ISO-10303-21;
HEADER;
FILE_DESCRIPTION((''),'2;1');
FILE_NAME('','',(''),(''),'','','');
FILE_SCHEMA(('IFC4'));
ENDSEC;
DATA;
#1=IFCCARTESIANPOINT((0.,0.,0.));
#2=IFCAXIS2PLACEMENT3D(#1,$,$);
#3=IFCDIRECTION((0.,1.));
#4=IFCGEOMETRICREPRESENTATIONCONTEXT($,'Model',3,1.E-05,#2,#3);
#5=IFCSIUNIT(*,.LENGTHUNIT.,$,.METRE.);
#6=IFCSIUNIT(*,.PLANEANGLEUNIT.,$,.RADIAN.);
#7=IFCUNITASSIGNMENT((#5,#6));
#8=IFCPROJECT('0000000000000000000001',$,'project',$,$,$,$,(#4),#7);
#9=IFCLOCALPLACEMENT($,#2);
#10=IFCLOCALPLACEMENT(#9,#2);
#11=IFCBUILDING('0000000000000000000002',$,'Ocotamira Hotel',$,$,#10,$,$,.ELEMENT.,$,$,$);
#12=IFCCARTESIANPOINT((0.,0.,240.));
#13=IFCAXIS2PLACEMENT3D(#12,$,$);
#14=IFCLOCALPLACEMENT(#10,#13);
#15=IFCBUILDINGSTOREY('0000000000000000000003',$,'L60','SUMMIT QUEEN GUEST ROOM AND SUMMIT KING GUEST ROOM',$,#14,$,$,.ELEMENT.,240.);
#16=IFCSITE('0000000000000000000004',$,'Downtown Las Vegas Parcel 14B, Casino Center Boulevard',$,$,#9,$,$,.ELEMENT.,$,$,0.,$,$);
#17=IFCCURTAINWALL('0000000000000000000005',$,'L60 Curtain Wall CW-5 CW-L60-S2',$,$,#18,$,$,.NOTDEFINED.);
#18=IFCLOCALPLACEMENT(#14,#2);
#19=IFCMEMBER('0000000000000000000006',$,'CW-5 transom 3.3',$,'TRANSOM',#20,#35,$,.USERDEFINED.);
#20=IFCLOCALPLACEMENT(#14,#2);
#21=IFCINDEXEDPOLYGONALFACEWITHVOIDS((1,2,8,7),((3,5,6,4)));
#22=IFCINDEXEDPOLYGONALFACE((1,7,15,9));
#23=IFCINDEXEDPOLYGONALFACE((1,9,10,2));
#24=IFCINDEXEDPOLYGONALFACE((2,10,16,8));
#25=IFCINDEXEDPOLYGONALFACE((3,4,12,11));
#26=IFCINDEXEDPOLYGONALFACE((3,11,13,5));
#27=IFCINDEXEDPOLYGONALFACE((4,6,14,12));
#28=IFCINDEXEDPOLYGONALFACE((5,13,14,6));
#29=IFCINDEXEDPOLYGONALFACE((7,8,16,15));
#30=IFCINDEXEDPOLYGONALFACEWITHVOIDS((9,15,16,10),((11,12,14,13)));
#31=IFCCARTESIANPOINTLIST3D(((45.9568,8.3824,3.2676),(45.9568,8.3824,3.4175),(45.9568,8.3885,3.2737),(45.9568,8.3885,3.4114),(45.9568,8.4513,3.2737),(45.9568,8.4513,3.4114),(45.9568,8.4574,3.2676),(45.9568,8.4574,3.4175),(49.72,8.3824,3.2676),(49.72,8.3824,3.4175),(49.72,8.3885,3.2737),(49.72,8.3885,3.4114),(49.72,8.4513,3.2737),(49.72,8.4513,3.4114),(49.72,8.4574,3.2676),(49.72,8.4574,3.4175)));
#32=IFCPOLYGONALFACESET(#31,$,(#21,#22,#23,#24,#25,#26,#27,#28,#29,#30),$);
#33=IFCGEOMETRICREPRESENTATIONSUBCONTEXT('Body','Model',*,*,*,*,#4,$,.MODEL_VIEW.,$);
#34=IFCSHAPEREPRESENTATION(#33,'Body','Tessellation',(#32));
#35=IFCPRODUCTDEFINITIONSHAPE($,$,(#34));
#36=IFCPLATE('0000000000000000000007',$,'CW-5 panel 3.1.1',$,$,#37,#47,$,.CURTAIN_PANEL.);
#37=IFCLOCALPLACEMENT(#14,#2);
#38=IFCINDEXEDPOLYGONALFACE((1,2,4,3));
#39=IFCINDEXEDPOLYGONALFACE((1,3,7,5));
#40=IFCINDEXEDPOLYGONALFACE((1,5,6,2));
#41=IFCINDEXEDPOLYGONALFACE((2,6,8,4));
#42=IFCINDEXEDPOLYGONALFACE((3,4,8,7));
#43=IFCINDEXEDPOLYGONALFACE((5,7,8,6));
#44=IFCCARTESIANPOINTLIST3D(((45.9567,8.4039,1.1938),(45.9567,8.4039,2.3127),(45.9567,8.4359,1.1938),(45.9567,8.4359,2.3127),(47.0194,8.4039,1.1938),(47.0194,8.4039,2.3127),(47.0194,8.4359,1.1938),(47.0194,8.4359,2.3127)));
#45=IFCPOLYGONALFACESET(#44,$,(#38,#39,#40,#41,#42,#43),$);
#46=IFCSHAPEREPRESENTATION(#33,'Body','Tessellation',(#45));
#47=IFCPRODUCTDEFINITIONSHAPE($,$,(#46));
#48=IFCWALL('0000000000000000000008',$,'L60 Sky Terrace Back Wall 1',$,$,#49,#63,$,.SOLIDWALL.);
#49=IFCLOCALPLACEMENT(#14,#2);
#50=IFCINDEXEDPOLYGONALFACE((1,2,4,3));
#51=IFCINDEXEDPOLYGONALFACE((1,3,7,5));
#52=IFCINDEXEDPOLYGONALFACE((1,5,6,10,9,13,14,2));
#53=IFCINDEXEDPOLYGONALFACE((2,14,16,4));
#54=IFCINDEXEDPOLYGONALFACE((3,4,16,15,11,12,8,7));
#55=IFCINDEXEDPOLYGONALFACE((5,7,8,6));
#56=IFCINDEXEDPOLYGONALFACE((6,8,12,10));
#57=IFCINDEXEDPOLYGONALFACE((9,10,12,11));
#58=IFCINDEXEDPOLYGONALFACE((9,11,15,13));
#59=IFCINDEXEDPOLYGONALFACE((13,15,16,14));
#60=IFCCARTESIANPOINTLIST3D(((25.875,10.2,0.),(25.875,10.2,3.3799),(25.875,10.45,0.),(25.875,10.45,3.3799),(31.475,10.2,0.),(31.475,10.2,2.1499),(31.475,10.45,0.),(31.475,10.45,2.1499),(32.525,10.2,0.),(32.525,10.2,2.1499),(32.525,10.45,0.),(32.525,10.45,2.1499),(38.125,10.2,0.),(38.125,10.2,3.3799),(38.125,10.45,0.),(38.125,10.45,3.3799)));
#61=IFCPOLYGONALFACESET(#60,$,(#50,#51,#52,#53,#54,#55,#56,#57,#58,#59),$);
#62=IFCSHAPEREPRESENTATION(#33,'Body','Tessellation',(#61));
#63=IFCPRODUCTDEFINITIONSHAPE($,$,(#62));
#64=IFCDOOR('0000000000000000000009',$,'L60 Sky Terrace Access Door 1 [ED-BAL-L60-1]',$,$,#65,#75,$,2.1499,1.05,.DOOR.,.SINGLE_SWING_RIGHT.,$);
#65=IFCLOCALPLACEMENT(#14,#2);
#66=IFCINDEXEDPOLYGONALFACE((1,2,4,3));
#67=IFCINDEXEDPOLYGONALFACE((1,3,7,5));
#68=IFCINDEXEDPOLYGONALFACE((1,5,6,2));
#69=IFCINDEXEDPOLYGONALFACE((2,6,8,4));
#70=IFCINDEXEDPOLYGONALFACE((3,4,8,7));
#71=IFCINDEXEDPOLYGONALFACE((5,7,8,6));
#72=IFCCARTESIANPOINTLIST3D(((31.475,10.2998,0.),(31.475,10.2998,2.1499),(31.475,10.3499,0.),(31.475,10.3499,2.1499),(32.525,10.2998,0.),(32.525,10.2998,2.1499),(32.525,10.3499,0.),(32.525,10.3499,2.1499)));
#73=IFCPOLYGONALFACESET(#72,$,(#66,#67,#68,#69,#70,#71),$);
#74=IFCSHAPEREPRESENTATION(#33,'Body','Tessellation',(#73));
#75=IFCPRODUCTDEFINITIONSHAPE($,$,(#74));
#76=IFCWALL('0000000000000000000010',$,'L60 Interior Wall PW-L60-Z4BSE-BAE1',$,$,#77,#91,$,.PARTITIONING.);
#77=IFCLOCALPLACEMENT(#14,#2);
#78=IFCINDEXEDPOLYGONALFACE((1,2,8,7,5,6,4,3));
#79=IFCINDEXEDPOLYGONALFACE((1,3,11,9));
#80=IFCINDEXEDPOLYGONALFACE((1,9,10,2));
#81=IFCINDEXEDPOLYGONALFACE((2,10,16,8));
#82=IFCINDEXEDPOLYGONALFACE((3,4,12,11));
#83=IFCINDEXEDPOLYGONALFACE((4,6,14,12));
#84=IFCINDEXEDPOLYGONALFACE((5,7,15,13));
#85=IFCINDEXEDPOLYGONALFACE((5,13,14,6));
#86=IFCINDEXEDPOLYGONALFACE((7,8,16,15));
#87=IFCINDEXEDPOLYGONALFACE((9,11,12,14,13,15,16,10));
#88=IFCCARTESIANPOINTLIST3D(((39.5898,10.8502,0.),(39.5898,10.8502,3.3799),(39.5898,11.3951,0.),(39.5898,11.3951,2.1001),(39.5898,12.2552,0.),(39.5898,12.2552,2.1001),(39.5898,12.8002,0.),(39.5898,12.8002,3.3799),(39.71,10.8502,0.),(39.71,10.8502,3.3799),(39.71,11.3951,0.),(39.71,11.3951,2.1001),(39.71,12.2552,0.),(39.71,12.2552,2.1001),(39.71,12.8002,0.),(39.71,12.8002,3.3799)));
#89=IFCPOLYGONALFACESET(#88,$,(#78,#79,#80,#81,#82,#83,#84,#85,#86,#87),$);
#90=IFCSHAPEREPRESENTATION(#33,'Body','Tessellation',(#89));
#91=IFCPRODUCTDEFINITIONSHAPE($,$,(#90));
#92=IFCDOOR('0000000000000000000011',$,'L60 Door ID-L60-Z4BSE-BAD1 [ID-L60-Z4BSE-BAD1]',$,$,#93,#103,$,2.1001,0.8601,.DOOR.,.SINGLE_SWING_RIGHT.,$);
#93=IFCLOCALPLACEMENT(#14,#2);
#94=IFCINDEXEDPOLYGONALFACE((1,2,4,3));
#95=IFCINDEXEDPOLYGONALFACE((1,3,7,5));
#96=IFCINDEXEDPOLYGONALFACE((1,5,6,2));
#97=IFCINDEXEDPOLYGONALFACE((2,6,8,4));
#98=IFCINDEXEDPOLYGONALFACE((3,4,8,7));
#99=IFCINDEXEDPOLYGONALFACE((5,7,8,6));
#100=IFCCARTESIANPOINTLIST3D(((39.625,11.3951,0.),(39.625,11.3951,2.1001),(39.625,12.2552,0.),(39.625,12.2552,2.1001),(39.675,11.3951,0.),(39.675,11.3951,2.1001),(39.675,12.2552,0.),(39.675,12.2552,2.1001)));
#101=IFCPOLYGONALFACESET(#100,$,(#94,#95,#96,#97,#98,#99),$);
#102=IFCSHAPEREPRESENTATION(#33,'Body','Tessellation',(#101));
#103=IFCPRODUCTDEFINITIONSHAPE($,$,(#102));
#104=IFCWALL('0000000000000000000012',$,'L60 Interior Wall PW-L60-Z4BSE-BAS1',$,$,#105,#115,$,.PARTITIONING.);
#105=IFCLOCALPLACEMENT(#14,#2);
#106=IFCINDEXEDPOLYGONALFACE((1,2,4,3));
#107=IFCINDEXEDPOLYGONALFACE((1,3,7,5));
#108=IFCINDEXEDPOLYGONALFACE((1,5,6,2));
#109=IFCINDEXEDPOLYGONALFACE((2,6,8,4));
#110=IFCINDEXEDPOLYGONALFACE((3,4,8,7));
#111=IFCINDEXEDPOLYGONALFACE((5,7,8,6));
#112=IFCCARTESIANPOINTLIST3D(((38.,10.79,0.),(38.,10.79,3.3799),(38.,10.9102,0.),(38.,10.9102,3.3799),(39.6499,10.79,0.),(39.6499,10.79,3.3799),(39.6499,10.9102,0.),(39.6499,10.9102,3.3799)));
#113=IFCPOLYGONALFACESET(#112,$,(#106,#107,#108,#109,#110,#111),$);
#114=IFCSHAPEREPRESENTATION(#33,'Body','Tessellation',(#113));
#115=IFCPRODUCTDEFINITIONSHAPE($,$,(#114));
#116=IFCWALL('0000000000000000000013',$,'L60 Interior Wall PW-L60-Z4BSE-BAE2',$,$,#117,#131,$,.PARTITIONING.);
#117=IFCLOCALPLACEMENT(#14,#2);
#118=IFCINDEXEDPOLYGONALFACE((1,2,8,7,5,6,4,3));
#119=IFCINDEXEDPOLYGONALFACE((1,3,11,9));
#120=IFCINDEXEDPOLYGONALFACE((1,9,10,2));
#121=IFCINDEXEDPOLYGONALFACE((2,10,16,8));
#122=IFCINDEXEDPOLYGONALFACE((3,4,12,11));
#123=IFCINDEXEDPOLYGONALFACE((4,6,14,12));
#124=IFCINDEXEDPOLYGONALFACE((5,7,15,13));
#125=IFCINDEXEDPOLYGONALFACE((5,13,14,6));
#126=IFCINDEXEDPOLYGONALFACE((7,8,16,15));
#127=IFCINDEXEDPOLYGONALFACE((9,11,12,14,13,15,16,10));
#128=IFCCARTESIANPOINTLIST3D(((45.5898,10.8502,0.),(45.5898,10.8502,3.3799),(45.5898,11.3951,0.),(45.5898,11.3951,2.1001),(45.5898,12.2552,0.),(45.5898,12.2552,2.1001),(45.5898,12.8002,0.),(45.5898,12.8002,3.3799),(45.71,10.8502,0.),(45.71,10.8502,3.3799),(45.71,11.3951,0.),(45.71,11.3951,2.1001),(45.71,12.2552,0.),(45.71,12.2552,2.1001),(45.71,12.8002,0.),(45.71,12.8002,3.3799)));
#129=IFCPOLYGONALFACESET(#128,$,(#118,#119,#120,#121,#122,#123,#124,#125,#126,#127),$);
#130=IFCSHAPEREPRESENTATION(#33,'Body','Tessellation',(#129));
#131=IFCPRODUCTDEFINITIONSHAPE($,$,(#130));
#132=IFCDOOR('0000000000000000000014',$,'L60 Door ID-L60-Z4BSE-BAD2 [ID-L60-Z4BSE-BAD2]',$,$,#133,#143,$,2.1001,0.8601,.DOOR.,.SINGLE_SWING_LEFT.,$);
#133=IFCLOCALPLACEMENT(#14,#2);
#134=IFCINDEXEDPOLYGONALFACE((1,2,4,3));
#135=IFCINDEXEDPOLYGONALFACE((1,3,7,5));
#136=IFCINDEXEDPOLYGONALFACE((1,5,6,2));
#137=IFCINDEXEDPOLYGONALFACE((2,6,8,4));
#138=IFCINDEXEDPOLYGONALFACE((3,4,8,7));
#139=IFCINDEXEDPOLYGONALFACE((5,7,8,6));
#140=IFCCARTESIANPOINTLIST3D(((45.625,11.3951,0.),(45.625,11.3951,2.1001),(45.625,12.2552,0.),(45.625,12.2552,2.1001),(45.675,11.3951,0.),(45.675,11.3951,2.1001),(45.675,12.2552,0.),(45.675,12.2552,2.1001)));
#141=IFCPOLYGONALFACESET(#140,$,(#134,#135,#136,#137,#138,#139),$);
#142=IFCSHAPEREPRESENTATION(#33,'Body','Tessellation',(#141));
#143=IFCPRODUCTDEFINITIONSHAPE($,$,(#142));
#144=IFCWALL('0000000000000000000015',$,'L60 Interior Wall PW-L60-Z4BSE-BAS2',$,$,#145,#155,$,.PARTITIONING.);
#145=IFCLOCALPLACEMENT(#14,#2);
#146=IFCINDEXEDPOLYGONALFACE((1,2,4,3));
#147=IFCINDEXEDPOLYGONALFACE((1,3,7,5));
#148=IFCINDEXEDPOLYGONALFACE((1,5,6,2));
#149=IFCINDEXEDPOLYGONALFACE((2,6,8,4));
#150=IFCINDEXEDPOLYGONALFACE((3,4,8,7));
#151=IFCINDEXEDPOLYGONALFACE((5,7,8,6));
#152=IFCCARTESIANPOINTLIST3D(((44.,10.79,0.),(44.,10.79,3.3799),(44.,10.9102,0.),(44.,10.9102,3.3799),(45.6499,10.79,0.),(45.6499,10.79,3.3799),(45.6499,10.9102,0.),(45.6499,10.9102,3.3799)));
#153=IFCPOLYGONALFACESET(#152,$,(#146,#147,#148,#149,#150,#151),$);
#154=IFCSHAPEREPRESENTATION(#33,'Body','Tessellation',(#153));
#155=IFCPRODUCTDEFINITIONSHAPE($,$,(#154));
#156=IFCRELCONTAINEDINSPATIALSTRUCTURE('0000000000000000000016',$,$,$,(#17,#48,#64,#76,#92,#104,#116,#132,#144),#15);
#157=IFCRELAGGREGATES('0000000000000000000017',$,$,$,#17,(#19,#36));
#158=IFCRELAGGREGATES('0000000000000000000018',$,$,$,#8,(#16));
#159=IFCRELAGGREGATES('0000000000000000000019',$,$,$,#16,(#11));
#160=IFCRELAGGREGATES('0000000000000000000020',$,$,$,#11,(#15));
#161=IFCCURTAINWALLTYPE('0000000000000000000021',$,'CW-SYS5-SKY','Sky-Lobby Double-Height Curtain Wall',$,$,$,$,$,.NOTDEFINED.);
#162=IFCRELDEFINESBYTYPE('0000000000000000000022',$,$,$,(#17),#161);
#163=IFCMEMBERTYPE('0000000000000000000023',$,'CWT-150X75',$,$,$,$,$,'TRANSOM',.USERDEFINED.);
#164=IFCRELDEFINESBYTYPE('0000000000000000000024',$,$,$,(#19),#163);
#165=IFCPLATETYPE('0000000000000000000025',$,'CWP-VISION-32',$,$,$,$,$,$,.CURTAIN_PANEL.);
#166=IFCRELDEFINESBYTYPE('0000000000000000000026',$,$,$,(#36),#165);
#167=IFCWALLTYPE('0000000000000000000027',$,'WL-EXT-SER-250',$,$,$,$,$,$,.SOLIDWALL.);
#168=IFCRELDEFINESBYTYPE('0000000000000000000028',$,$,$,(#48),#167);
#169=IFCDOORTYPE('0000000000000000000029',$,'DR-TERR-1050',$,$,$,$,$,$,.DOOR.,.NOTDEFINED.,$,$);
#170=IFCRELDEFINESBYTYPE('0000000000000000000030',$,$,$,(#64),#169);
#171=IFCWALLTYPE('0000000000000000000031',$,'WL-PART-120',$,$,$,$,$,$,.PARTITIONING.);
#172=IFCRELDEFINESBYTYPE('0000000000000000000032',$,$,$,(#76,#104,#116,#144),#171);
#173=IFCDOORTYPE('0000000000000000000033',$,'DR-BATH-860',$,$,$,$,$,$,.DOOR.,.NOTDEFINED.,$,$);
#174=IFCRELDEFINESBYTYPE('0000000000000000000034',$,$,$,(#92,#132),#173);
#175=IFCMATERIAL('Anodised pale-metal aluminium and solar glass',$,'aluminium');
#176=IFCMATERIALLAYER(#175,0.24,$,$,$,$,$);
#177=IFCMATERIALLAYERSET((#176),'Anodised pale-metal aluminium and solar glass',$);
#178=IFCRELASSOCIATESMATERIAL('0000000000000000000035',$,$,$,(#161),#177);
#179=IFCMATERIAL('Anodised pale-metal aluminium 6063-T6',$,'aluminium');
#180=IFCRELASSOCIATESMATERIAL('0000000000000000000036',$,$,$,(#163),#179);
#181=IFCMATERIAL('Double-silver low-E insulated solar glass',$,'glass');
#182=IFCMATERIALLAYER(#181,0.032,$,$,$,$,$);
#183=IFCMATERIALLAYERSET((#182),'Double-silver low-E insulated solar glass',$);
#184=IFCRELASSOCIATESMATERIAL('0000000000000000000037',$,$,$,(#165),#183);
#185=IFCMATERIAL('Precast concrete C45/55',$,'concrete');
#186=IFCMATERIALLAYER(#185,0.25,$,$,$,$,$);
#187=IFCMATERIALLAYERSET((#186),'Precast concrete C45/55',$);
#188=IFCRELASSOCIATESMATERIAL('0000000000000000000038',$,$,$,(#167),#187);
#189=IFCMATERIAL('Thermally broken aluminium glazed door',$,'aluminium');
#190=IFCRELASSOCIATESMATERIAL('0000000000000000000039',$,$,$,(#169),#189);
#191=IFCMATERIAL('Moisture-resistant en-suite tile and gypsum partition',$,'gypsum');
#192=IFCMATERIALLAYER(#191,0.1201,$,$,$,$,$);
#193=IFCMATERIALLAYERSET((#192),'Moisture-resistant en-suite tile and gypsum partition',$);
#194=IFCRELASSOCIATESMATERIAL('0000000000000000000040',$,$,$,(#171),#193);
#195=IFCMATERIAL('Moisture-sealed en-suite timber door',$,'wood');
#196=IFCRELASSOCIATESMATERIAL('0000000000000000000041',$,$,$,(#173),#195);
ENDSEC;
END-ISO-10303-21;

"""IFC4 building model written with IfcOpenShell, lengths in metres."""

from ifc_helpers import new_model, si_unit, direction, frame, frame_2d, origin, origin_2d, place, context, subcontext, project, spatial, rectangle, hollow_rectangle, extrude, source, transform, mapped, material, layer, layer_set, material_profile, profile_set, type_object, element, fill, aggregate, save


model = new_model("IFC4")

# Units and contexts
model_context = context("Model", 3, precision=1e-05, world=origin(), true_north=direction((0.0, 1.0)))
body_context = subcontext(model_context, "Body", "Model", "MODEL_VIEW")
ifc_project = project(units=[si_unit("LENGTHUNIT", "METRE"), si_unit("PLANEANGLEUNIT", "RADIAN")], contexts=[model_context])

# Site, building, storey
site_placement = place(None, origin())
site = spatial("IfcSite", under=ifc_project, at=site_placement, Name="Downtown Las Vegas Parcel 14B, Casino Center Boulevard", CompositionType="ELEMENT", RefElevation=0.0)
building_placement = place(site_placement, origin())
building = spatial("IfcBuilding", under=site, at=building_placement, Name="Ocotamira Hotel", CompositionType="ELEMENT")
storey_placement = place(building_placement, frame((0.0, 0.0, 240.0)))
storey = spatial("IfcBuildingStorey", under=building, at=storey_placement, Name="L60", Description="SUMMIT QUEEN GUEST ROOM AND SUMMIT KING GUEST ROOM", CompositionType="ELEMENT", Elevation=240.0)

# Curtain wall, member, plate
ifc_material_1 = material(Name="Anodised pale-metal aluminium and solar glass", Category="aluminium")
ifc_layer_1 = layer(ifc_material_1, 0.24)
ifc_layer_set_1 = layer_set([ifc_layer_1], Name="Anodised pale-metal aluminium and solar glass")
curtain_wall_type = type_object("IfcCurtainWallType", Name="CW-SYS5-SKY", Description="Sky-Lobby Double-Height Curtain Wall", PredefinedType="NOTDEFINED", material=ifc_layer_set_1)
curtain_wall_placement = place(storey_placement, origin())
curtain_wall = element("IfcCurtainWall", 1, at=curtain_wall_placement, inside=storey, type_object=curtain_wall_type, Name="L60 Curtain Wall CW-5 CW-L60-S2", PredefinedType="NOTDEFINED")
ifc_material_2 = material(Name="Anodised pale-metal aluminium 6063-T6", Category="aluminium")
ifc_material_profile_1 = material_profile(ifc_material_2, hollow_rectangle(XDim=0.075, YDim=0.1499, WallThickness=0.0061, at=origin_2d()), Name="HSS150X75X6")
ifc_profile_set_1 = profile_set([ifc_material_profile_1], Name="Anodised pale-metal aluminium 6063-T6")
member_type = type_object("IfcMemberType", Name="CWT-150X75", ElementType="TRANSOM", PredefinedType="USERDEFINED", material=ifc_profile_set_1)
shared_shape_1 = source(origin(), body_context, "Body", "SweptSolid", [
    extrude(hollow_rectangle(XDim=0.075, YDim=0.1499, WallThickness=0.0061, at=origin_2d()), origin(), (0.0, 0.0, 1.0), 3.7632),
])
member_1_placement = place(storey_placement, frame((45.9568, 8.4199, 3.3425), z_axis=(1.0, 0.0, 0.0), x_axis=(0.0, 1.0, 0.0)))
member_1 = element("IfcMember", 2, at=member_1_placement, type_object=member_type, Name="CW-5 transom 3.3", ObjectType="TRANSOM", PredefinedType="USERDEFINED", context=body_context, shape_type="MappedRepresentation", body=[
    mapped(shared_shape_1, transform((0.0, 0.0, 0.0), scale=1.0)),
])
ifc_material_3 = material(Name="Double-silver low-E insulated solar glass", Category="glass")
ifc_layer_2 = layer(ifc_material_3, 0.032)
ifc_layer_set_2 = layer_set([ifc_layer_2], Name="Double-silver low-E insulated solar glass")
plate_type = type_object("IfcPlateType", Name="CWP-VISION-32", PredefinedType="CURTAIN_PANEL", material=ifc_layer_set_2)
shared_shape_2 = source(origin(), body_context, "Body", "SweptSolid", [
    extrude(rectangle(XDim=1.0627, YDim=0.032, at=origin_2d()), origin(), (0.0, 0.0, 1.0), 1.1189),
])
plate_placement = place(storey_placement, frame((46.488, 8.4199, 1.1938), z_axis=(0.0, 0.0, 1.0), x_axis=(1.0, 0.0, 0.0)))
plate = element("IfcPlate", 3, at=plate_placement, type_object=plate_type, Name="CW-5 panel 3.1.1", PredefinedType="CURTAIN_PANEL", context=body_context, shape_type="MappedRepresentation", body=[
    mapped(shared_shape_2, transform((0.0, 0.0, 0.0), scale=1.0)),
])
aggregate(curtain_wall, [member_1, plate])

# Walls, openings, doors
ifc_material_4 = material(Name="Precast concrete C45/55", Category="concrete")
ifc_layer_3 = layer(ifc_material_4, 0.25)
ifc_layer_set_3 = layer_set([ifc_layer_3], Name="Precast concrete C45/55")
wall_type_1 = type_object("IfcWallType", Name="WL-EXT-SER-250", PredefinedType="SOLIDWALL", material=ifc_layer_set_3)
wall_1_placement = place(storey_placement, frame((25.875, 10.325, 0.0), z_axis=(0.0, 0.0, 1.0), x_axis=(1.0, 0.0, 0.0)))
wall_1 = element("IfcWall", 4, at=wall_1_placement, inside=storey, type_object=wall_type_1, Name="L60 Sky Terrace Back Wall 1", PredefinedType="SOLIDWALL", context=body_context, shape_type="SweptSolid", body=[
    extrude(rectangle(XDim=12.25, YDim=0.25, at=frame_2d((6.125, 0.0))), origin(), (0.0, 0.0, 1.0), 3.3799),
])
opening_1_placement = place(wall_1_placement, frame((5.6001, 0.0, 0.0)))
opening_1 = element("IfcOpeningElement", 5, at=opening_1_placement, cuts=wall_1, PredefinedType="OPENING", context=body_context, shape_type="SweptSolid", body=[
    extrude(rectangle(XDim=1.05, YDim=2.1499, at=frame_2d((0.5249, 1.075))), frame((0.0, 0.135, 0.0), z_axis=(0.0, -1.0, 0.0), x_axis=(1.0, 0.0, 0.0)), (0.0, 0.0, 1.0), 0.27),
])
ifc_material_5 = material(Name="Thermally broken aluminium glazed door", Category="aluminium")
door_type_1 = type_object("IfcDoorType", Name="DR-TERR-1050", OperationType="NOTDEFINED", PredefinedType="DOOR", material=ifc_material_5)
shared_shape_3 = source(origin(), body_context, "Body", "SweptSolid", [
    extrude(rectangle(XDim=1.05, YDim=2.1499, at=frame_2d((0.5249, 1.075))), frame((0.0, 0.0249, 0.0), z_axis=(0.0, -1.0, 0.0), x_axis=(1.0, 0.0, 0.0)), (0.0, 0.0, 1.0), 0.05),
])
door_1_placement = place(opening_1_placement, origin())
door_1 = element("IfcDoor", 6, at=door_1_placement, inside=storey, type_object=door_type_1, Name="L60 Sky Terrace Access Door 1 [ED-BAL-L60-1]", OperationType="SINGLE_SWING_RIGHT", OverallHeight=2.1499, OverallWidth=1.05, PredefinedType="DOOR", context=body_context, shape_type="MappedRepresentation", body=[
    mapped(shared_shape_3, transform((0.0, 0.0, 0.0), scale=1.0)),
])
fill(opening_1, door_1)
ifc_material_6 = material(Name="Moisture-resistant en-suite tile and gypsum partition", Category="gypsum")
ifc_layer_4 = layer(ifc_material_6, 0.1201)
ifc_layer_set_4 = layer_set([ifc_layer_4], Name="Moisture-resistant en-suite tile and gypsum partition")
wall_type_2 = type_object("IfcWallType", Name="WL-PART-120", PredefinedType="PARTITIONING", material=ifc_layer_set_4)
wall_2_placement = place(storey_placement, frame((39.6499, 10.8501, 0.0), z_axis=(0.0, 0.0, 1.0), x_axis=(0.0, 1.0, 0.0)))
wall_2 = element("IfcWall", 7, at=wall_2_placement, inside=storey, type_object=wall_type_2, Name="L60 Interior Wall PW-L60-Z4BSE-BAE1", PredefinedType="PARTITIONING", context=body_context, shape_type="SweptSolid", body=[
    extrude(rectangle(XDim=1.95, YDim=0.1201, at=frame_2d((0.9751, 0.0))), origin(), (0.0, 0.0, 1.0), 3.3799),
])
opening_2_placement = place(wall_2_placement, frame((0.5449, 0.0, 0.0)))
opening_2 = element("IfcOpeningElement", 8, at=opening_2_placement, cuts=wall_2, PredefinedType="OPENING", context=body_context, shape_type="SweptSolid", body=[
    extrude(rectangle(XDim=0.8601, YDim=2.1001, at=frame_2d((0.4302, 1.05))), frame((0.0, 0.0701, 0.0), z_axis=(0.0, -1.0, 0.0), x_axis=(1.0, 0.0, 0.0)), (0.0, 0.0, 1.0), 0.1401),
])
ifc_material_7 = material(Name="Moisture-sealed en-suite timber door", Category="wood")
door_type_2 = type_object("IfcDoorType", Name="DR-BATH-860", OperationType="NOTDEFINED", PredefinedType="DOOR", material=ifc_material_7)
shared_shape_4 = source(origin(), body_context, "Body", "SweptSolid", [
    extrude(rectangle(XDim=0.8601, YDim=2.1001, at=frame_2d((0.4302, 1.05))), frame((0.0, 0.0249, 0.0), z_axis=(0.0, -1.0, 0.0), x_axis=(1.0, 0.0, 0.0)), (0.0, 0.0, 1.0), 0.05),
])
door_2_placement = place(opening_2_placement, origin())
door_2 = element("IfcDoor", 9, at=door_2_placement, inside=storey, type_object=door_type_2, Name="L60 Door ID-L60-Z4BSE-BAD1 [ID-L60-Z4BSE-BAD1]", OperationType="SINGLE_SWING_RIGHT", OverallHeight=2.1001, OverallWidth=0.8601, PredefinedType="DOOR", context=body_context, shape_type="MappedRepresentation", body=[
    mapped(shared_shape_4, transform((0.0, 0.0, 0.0), scale=1.0)),
])
fill(opening_2, door_2)

# Wall
wall_3_placement = place(storey_placement, frame((38.0, 10.8501, 0.0), z_axis=(0.0, 0.0, 1.0), x_axis=(1.0, 0.0, 0.0)))
element("IfcWall", 10, at=wall_3_placement, inside=storey, type_object=wall_type_2, Name="L60 Interior Wall PW-L60-Z4BSE-BAS1", PredefinedType="PARTITIONING", context=body_context, shape_type="SweptSolid", body=[
    extrude(rectangle(XDim=1.6499, YDim=0.1201, at=frame_2d((0.825, 0.0))), origin(), (0.0, 0.0, 1.0), 3.3799),
])

# Wall, opening, door
wall_4_placement = place(storey_placement, frame((45.6499, 10.8501, 0.0), z_axis=(0.0, 0.0, 1.0), x_axis=(0.0, 1.0, 0.0)))
wall_4 = element("IfcWall", 11, at=wall_4_placement, inside=storey, type_object=wall_type_2, Name="L60 Interior Wall PW-L60-Z4BSE-BAE2", PredefinedType="PARTITIONING", context=body_context, shape_type="SweptSolid", body=[
    extrude(rectangle(XDim=1.95, YDim=0.1201, at=frame_2d((0.9751, 0.0))), origin(), (0.0, 0.0, 1.0), 3.3799),
])
opening_3_placement = place(wall_4_placement, frame((0.5449, 0.0, 0.0)))
opening_3 = element("IfcOpeningElement", 12, at=opening_3_placement, cuts=wall_4, PredefinedType="OPENING", context=body_context, shape_type="SweptSolid", body=[
    extrude(rectangle(XDim=0.8601, YDim=2.1001, at=frame_2d((0.4302, 1.05))), frame((0.0, 0.0701, 0.0), z_axis=(0.0, -1.0, 0.0), x_axis=(1.0, 0.0, 0.0)), (0.0, 0.0, 1.0), 0.1401),
])
door_3_placement = place(opening_3_placement, origin())
door_3 = element("IfcDoor", 13, at=door_3_placement, inside=storey, type_object=door_type_2, Name="L60 Door ID-L60-Z4BSE-BAD2 [ID-L60-Z4BSE-BAD2]", OperationType="SINGLE_SWING_LEFT", OverallHeight=2.1001, OverallWidth=0.8601, PredefinedType="DOOR", context=body_context, shape_type="MappedRepresentation", body=[
    mapped(shared_shape_4, transform((0.0, 0.0, 0.0), scale=1.0)),
])
fill(opening_3, door_3)

# Wall
wall_5_placement = place(storey_placement, frame((44.0, 10.8501, 0.0), z_axis=(0.0, 0.0, 1.0), x_axis=(1.0, 0.0, 0.0)))
element("IfcWall", 14, at=wall_5_placement, inside=storey, type_object=wall_type_2, Name="L60 Interior Wall PW-L60-Z4BSE-BAS2", PredefinedType="PARTITIONING", context=body_context, shape_type="SweptSolid", body=[
    extrude(rectangle(XDim=1.6499, YDim=0.1201, at=frame_2d((0.825, 0.0))), origin(), (0.0, 0.0, 1.0), 3.3799),
])

save(model, "model.ifc")
